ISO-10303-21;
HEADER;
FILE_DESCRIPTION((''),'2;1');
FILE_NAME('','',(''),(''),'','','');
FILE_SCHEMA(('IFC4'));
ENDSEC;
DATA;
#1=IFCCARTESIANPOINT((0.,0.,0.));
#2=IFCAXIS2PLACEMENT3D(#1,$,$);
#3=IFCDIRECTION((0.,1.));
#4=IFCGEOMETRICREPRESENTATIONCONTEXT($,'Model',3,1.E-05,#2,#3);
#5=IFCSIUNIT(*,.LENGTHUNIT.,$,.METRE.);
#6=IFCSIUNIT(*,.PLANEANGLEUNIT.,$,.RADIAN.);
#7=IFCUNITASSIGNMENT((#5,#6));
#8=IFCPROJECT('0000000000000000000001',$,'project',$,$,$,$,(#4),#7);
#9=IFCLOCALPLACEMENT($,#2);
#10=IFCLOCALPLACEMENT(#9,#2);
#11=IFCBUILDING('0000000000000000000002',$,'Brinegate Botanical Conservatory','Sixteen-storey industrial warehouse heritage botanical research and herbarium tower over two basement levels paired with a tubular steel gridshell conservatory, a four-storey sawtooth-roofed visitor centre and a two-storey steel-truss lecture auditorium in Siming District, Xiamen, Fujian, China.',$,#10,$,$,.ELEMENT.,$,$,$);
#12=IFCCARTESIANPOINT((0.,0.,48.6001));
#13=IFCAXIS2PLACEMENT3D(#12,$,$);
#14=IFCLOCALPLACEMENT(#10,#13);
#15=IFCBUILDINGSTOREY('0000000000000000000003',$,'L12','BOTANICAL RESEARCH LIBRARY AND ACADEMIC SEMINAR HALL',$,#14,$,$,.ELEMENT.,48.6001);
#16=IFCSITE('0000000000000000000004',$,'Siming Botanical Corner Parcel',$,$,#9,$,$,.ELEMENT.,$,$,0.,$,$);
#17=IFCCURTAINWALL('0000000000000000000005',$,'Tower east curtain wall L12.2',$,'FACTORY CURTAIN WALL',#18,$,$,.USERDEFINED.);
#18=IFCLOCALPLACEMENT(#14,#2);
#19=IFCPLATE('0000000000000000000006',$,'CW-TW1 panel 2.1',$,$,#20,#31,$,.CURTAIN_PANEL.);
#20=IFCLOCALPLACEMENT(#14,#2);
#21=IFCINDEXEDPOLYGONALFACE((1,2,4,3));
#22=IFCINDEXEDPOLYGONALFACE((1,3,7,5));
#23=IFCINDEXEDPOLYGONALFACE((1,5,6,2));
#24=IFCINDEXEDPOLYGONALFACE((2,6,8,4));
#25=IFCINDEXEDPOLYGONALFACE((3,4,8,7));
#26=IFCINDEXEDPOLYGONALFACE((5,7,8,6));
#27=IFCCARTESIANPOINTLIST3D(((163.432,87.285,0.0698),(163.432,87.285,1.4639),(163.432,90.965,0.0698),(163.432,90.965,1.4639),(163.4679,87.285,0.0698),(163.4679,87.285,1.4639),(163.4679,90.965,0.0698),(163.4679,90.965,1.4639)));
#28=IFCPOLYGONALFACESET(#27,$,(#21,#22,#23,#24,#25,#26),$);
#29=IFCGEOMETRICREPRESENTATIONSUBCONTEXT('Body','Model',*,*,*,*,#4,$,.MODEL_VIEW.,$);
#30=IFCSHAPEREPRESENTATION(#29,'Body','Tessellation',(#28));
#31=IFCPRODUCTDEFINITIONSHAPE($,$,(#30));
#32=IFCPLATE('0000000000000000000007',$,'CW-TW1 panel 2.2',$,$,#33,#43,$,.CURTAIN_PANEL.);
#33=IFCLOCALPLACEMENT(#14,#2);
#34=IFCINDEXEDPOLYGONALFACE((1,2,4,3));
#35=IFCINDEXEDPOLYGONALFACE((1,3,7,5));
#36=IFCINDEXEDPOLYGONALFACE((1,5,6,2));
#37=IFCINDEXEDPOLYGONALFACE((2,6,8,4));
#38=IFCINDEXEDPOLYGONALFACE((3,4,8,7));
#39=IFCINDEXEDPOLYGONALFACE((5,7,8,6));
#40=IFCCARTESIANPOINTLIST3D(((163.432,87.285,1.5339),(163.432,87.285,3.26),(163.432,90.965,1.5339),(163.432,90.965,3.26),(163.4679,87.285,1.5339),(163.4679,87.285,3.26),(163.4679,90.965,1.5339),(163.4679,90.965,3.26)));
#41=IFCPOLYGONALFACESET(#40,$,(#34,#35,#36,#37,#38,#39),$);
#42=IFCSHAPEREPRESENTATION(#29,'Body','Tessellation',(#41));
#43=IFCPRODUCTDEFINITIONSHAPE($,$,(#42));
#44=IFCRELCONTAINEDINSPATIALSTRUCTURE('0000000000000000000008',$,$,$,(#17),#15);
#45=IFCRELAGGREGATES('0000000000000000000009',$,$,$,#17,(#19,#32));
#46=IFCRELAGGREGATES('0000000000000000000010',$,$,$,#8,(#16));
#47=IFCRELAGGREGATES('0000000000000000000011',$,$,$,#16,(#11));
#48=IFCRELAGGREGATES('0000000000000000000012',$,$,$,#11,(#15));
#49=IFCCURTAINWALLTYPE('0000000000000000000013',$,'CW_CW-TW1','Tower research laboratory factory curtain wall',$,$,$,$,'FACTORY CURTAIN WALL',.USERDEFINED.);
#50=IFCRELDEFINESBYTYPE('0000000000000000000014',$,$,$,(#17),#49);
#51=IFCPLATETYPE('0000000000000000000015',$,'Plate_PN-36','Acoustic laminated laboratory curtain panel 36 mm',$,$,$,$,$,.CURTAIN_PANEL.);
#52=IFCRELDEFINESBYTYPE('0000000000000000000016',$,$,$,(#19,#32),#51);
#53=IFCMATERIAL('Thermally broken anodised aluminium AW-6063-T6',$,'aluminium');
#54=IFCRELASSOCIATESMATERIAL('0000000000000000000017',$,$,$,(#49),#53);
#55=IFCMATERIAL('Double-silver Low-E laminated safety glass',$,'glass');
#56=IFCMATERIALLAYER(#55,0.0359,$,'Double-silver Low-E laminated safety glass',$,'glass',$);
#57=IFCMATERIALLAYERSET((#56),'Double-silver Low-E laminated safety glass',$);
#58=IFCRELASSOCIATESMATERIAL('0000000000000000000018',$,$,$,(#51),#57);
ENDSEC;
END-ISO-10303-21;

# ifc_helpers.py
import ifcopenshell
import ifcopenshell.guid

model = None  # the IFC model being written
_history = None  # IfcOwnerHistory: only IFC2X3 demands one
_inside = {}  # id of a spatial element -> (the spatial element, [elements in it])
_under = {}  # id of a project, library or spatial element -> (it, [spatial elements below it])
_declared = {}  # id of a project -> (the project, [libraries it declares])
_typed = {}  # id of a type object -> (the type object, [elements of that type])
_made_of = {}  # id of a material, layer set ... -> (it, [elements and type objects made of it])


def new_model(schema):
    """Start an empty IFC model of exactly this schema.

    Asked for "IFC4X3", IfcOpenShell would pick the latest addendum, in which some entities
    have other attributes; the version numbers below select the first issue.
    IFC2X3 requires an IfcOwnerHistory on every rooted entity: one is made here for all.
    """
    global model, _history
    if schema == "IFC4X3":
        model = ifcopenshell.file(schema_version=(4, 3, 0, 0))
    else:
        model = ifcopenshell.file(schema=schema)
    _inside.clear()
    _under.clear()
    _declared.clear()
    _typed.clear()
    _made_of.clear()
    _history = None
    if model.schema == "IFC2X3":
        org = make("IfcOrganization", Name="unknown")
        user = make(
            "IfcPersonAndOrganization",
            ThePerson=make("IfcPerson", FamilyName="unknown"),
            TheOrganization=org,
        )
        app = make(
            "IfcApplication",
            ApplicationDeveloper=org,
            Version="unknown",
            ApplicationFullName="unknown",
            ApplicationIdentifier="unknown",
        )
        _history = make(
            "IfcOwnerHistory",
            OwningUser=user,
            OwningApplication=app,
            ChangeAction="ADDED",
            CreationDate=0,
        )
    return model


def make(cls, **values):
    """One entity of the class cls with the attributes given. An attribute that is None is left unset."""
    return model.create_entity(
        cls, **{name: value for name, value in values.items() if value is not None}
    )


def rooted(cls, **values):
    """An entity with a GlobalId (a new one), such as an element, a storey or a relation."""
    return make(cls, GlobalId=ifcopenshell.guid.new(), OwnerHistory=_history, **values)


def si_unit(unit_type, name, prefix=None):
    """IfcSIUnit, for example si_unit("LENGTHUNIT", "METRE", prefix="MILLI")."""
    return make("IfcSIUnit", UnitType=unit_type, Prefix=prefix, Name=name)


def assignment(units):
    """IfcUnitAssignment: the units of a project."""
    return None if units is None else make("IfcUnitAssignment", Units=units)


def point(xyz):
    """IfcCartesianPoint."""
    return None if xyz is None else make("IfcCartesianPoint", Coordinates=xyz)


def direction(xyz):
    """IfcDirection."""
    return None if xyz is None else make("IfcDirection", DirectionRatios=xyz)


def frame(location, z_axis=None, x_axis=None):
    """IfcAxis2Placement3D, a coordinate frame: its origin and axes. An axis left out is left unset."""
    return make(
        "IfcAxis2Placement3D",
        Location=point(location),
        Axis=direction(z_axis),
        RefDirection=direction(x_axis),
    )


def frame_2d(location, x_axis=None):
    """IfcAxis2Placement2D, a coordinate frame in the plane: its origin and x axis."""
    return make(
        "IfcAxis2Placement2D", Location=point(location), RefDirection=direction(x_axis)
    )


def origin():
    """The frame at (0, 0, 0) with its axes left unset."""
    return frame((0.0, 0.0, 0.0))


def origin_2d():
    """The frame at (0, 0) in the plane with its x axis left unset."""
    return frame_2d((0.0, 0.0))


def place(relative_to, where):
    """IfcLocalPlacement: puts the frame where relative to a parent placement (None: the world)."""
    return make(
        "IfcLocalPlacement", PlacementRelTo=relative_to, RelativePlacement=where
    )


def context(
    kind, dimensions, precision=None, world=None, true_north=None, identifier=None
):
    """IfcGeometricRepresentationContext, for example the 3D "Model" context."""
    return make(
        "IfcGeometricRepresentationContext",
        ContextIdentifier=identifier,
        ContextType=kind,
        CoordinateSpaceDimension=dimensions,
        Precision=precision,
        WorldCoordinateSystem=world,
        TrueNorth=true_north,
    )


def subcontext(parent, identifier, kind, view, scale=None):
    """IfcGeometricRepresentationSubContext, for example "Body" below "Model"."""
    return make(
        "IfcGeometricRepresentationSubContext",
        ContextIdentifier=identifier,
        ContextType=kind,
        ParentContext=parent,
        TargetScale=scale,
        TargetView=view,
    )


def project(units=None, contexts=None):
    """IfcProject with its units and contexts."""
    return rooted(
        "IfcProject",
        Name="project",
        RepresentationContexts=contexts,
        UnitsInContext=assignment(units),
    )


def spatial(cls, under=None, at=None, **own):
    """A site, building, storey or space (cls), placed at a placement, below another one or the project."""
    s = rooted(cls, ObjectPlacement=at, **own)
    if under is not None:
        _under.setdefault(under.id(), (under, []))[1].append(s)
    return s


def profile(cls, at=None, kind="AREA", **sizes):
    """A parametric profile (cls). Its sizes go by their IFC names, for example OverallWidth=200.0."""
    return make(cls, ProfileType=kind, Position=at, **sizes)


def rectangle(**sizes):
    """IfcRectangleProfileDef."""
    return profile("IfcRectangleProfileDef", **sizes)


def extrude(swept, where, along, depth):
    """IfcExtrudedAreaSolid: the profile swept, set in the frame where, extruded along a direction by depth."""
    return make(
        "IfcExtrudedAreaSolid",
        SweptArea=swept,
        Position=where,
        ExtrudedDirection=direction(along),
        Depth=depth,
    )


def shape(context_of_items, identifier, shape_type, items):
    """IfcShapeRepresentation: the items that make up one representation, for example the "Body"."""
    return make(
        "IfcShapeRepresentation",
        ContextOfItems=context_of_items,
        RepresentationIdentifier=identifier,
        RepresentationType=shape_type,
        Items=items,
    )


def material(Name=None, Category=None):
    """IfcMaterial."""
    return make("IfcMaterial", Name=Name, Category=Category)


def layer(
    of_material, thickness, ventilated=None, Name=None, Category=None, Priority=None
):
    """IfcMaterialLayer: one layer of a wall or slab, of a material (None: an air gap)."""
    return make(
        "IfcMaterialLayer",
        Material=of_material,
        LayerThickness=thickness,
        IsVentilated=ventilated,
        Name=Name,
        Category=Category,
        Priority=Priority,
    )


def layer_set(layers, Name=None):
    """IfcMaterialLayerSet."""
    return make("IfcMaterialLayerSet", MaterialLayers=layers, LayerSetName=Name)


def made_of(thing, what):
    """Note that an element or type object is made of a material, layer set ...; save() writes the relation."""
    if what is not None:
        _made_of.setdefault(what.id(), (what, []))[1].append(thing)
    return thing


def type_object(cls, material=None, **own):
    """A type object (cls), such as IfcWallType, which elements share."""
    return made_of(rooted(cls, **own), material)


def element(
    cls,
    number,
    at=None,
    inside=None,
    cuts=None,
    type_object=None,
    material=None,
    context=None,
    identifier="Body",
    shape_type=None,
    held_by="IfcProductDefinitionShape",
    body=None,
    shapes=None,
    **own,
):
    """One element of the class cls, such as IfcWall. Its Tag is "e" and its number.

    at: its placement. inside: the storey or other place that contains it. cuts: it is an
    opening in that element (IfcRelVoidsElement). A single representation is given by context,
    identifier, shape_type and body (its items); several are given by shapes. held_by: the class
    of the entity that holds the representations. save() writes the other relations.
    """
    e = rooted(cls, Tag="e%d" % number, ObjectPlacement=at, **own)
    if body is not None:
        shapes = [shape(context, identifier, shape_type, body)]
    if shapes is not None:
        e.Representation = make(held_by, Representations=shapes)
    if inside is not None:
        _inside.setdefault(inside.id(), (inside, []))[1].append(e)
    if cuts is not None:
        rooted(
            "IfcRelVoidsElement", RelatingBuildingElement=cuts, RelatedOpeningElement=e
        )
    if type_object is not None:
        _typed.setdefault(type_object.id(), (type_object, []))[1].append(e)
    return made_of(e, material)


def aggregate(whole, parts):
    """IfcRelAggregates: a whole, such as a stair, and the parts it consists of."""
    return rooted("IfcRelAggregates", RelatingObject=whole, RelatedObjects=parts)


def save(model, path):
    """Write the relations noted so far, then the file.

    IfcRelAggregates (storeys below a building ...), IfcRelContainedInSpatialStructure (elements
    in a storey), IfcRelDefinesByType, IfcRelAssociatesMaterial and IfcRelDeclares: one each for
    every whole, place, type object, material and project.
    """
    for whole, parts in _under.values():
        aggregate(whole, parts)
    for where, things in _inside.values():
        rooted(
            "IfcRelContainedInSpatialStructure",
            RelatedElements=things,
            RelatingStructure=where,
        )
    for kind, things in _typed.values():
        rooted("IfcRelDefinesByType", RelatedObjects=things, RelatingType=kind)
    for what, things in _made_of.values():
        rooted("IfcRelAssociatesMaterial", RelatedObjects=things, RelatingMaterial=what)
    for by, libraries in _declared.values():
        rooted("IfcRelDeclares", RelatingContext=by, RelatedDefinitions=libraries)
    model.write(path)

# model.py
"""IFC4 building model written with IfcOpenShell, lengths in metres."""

from ifc_helpers import new_model, si_unit, direction, frame, origin, origin_2d, place, context, subcontext, project, spatial, rectangle, extrude, material, layer, layer_set, type_object, element, aggregate, save


model = new_model("IFC4")

# Units and contexts
model_context = context("Model", 3, precision=1e-05, world=origin(), true_north=direction((0.0, 1.0)))
body_context = subcontext(model_context, "Body", "Model", "MODEL_VIEW")
ifc_project = project(units=[si_unit("LENGTHUNIT", "METRE"), si_unit("PLANEANGLEUNIT", "RADIAN")], contexts=[model_context])

# Site, building, storey
site_placement = place(None, origin())
site = spatial("IfcSite", under=ifc_project, at=site_placement, Name="Siming Botanical Corner Parcel", CompositionType="ELEMENT", RefElevation=0.0)
building_placement = place(site_placement, origin())
building = spatial("IfcBuilding", under=site, at=building_placement, Name="Brinegate Botanical Conservatory", Description="Sixteen-storey industrial warehouse heritage botanical research and herbarium tower over two basement levels paired with a tubular steel gridshell conservatory, a four-storey sawtooth-roofed visitor centre and a two-storey steel-truss lecture auditorium in Siming District, Xiamen, Fujian, China.", CompositionType="ELEMENT")
storey_placement = place(building_placement, frame((0.0, 0.0, 48.6001)))
storey = spatial("IfcBuildingStorey", under=building, at=storey_placement, Name="L12", Description="BOTANICAL RESEARCH LIBRARY AND ACADEMIC SEMINAR HALL", CompositionType="ELEMENT", Elevation=48.6001)

# Shared definitions
ifc_material_1 = material(Name="Thermally broken anodised aluminium AW-6063-T6", Category="aluminium")
curtain_wall_type = type_object("IfcCurtainWallType", Name="CW_CW-TW1", Description="Tower research laboratory factory curtain wall", ElementType="FACTORY CURTAIN WALL", PredefinedType="USERDEFINED", material=ifc_material_1)

# Curtain wall
curtain_wall_1_placement = place(storey_placement, origin())
curtain_wall_1 = element("IfcCurtainWall", 1, at=curtain_wall_1_placement, inside=storey, type_object=curtain_wall_type, Name="Tower east curtain wall L12.2", ObjectType="FACTORY CURTAIN WALL", PredefinedType="USERDEFINED")

# Plates
ifc_material_2 = material(Name="Double-silver Low-E laminated safety glass", Category="glass")
ifc_layer = layer(ifc_material_2, 0.0359, Name="Double-silver Low-E laminated safety glass", Category="glass")
ifc_layer_set = layer_set([ifc_layer], Name="Double-silver Low-E laminated safety glass")
plate_type = type_object("IfcPlateType", Name="Plate_PN-36", Description="Acoustic laminated laboratory curtain panel 36 mm", PredefinedType="CURTAIN_PANEL", material=ifc_layer_set)
plate_1_placement = place(storey_placement, frame((163.45, 89.125, 0.0698), z_axis=(0.0, 0.0, 1.0), x_axis=(0.0, -1.0, 0.0)))
plate_1 = element("IfcPlate", 2, at=plate_1_placement, type_object=plate_type, Name="CW-TW1 panel 2.1", PredefinedType="CURTAIN_PANEL", context=body_context, shape_type="SweptSolid", body=[
    extrude(rectangle(XDim=3.6799, YDim=0.0359, at=origin_2d()), origin(), (0.0, 0.0, 1.0), 1.394),
])
plate_2_placement = place(storey_placement, frame((163.45, 89.125, 1.5339), z_axis=(0.0, 0.0, 1.0), x_axis=(0.0, -1.0, 0.0)))
plate_2 = element("IfcPlate", 3, at=plate_2_placement, type_object=plate_type, Name="CW-TW1 panel 2.2", PredefinedType="CURTAIN_PANEL", context=body_context, shape_type="SweptSolid", body=[
    extrude(rectangle(XDim=3.6799, YDim=0.0359, at=origin_2d()), origin(), (0.0, 0.0, 1.0), 1.7261),
])
aggregate(curtain_wall_1, [plate_1, plate_2])

save(model, "model.ifc")
